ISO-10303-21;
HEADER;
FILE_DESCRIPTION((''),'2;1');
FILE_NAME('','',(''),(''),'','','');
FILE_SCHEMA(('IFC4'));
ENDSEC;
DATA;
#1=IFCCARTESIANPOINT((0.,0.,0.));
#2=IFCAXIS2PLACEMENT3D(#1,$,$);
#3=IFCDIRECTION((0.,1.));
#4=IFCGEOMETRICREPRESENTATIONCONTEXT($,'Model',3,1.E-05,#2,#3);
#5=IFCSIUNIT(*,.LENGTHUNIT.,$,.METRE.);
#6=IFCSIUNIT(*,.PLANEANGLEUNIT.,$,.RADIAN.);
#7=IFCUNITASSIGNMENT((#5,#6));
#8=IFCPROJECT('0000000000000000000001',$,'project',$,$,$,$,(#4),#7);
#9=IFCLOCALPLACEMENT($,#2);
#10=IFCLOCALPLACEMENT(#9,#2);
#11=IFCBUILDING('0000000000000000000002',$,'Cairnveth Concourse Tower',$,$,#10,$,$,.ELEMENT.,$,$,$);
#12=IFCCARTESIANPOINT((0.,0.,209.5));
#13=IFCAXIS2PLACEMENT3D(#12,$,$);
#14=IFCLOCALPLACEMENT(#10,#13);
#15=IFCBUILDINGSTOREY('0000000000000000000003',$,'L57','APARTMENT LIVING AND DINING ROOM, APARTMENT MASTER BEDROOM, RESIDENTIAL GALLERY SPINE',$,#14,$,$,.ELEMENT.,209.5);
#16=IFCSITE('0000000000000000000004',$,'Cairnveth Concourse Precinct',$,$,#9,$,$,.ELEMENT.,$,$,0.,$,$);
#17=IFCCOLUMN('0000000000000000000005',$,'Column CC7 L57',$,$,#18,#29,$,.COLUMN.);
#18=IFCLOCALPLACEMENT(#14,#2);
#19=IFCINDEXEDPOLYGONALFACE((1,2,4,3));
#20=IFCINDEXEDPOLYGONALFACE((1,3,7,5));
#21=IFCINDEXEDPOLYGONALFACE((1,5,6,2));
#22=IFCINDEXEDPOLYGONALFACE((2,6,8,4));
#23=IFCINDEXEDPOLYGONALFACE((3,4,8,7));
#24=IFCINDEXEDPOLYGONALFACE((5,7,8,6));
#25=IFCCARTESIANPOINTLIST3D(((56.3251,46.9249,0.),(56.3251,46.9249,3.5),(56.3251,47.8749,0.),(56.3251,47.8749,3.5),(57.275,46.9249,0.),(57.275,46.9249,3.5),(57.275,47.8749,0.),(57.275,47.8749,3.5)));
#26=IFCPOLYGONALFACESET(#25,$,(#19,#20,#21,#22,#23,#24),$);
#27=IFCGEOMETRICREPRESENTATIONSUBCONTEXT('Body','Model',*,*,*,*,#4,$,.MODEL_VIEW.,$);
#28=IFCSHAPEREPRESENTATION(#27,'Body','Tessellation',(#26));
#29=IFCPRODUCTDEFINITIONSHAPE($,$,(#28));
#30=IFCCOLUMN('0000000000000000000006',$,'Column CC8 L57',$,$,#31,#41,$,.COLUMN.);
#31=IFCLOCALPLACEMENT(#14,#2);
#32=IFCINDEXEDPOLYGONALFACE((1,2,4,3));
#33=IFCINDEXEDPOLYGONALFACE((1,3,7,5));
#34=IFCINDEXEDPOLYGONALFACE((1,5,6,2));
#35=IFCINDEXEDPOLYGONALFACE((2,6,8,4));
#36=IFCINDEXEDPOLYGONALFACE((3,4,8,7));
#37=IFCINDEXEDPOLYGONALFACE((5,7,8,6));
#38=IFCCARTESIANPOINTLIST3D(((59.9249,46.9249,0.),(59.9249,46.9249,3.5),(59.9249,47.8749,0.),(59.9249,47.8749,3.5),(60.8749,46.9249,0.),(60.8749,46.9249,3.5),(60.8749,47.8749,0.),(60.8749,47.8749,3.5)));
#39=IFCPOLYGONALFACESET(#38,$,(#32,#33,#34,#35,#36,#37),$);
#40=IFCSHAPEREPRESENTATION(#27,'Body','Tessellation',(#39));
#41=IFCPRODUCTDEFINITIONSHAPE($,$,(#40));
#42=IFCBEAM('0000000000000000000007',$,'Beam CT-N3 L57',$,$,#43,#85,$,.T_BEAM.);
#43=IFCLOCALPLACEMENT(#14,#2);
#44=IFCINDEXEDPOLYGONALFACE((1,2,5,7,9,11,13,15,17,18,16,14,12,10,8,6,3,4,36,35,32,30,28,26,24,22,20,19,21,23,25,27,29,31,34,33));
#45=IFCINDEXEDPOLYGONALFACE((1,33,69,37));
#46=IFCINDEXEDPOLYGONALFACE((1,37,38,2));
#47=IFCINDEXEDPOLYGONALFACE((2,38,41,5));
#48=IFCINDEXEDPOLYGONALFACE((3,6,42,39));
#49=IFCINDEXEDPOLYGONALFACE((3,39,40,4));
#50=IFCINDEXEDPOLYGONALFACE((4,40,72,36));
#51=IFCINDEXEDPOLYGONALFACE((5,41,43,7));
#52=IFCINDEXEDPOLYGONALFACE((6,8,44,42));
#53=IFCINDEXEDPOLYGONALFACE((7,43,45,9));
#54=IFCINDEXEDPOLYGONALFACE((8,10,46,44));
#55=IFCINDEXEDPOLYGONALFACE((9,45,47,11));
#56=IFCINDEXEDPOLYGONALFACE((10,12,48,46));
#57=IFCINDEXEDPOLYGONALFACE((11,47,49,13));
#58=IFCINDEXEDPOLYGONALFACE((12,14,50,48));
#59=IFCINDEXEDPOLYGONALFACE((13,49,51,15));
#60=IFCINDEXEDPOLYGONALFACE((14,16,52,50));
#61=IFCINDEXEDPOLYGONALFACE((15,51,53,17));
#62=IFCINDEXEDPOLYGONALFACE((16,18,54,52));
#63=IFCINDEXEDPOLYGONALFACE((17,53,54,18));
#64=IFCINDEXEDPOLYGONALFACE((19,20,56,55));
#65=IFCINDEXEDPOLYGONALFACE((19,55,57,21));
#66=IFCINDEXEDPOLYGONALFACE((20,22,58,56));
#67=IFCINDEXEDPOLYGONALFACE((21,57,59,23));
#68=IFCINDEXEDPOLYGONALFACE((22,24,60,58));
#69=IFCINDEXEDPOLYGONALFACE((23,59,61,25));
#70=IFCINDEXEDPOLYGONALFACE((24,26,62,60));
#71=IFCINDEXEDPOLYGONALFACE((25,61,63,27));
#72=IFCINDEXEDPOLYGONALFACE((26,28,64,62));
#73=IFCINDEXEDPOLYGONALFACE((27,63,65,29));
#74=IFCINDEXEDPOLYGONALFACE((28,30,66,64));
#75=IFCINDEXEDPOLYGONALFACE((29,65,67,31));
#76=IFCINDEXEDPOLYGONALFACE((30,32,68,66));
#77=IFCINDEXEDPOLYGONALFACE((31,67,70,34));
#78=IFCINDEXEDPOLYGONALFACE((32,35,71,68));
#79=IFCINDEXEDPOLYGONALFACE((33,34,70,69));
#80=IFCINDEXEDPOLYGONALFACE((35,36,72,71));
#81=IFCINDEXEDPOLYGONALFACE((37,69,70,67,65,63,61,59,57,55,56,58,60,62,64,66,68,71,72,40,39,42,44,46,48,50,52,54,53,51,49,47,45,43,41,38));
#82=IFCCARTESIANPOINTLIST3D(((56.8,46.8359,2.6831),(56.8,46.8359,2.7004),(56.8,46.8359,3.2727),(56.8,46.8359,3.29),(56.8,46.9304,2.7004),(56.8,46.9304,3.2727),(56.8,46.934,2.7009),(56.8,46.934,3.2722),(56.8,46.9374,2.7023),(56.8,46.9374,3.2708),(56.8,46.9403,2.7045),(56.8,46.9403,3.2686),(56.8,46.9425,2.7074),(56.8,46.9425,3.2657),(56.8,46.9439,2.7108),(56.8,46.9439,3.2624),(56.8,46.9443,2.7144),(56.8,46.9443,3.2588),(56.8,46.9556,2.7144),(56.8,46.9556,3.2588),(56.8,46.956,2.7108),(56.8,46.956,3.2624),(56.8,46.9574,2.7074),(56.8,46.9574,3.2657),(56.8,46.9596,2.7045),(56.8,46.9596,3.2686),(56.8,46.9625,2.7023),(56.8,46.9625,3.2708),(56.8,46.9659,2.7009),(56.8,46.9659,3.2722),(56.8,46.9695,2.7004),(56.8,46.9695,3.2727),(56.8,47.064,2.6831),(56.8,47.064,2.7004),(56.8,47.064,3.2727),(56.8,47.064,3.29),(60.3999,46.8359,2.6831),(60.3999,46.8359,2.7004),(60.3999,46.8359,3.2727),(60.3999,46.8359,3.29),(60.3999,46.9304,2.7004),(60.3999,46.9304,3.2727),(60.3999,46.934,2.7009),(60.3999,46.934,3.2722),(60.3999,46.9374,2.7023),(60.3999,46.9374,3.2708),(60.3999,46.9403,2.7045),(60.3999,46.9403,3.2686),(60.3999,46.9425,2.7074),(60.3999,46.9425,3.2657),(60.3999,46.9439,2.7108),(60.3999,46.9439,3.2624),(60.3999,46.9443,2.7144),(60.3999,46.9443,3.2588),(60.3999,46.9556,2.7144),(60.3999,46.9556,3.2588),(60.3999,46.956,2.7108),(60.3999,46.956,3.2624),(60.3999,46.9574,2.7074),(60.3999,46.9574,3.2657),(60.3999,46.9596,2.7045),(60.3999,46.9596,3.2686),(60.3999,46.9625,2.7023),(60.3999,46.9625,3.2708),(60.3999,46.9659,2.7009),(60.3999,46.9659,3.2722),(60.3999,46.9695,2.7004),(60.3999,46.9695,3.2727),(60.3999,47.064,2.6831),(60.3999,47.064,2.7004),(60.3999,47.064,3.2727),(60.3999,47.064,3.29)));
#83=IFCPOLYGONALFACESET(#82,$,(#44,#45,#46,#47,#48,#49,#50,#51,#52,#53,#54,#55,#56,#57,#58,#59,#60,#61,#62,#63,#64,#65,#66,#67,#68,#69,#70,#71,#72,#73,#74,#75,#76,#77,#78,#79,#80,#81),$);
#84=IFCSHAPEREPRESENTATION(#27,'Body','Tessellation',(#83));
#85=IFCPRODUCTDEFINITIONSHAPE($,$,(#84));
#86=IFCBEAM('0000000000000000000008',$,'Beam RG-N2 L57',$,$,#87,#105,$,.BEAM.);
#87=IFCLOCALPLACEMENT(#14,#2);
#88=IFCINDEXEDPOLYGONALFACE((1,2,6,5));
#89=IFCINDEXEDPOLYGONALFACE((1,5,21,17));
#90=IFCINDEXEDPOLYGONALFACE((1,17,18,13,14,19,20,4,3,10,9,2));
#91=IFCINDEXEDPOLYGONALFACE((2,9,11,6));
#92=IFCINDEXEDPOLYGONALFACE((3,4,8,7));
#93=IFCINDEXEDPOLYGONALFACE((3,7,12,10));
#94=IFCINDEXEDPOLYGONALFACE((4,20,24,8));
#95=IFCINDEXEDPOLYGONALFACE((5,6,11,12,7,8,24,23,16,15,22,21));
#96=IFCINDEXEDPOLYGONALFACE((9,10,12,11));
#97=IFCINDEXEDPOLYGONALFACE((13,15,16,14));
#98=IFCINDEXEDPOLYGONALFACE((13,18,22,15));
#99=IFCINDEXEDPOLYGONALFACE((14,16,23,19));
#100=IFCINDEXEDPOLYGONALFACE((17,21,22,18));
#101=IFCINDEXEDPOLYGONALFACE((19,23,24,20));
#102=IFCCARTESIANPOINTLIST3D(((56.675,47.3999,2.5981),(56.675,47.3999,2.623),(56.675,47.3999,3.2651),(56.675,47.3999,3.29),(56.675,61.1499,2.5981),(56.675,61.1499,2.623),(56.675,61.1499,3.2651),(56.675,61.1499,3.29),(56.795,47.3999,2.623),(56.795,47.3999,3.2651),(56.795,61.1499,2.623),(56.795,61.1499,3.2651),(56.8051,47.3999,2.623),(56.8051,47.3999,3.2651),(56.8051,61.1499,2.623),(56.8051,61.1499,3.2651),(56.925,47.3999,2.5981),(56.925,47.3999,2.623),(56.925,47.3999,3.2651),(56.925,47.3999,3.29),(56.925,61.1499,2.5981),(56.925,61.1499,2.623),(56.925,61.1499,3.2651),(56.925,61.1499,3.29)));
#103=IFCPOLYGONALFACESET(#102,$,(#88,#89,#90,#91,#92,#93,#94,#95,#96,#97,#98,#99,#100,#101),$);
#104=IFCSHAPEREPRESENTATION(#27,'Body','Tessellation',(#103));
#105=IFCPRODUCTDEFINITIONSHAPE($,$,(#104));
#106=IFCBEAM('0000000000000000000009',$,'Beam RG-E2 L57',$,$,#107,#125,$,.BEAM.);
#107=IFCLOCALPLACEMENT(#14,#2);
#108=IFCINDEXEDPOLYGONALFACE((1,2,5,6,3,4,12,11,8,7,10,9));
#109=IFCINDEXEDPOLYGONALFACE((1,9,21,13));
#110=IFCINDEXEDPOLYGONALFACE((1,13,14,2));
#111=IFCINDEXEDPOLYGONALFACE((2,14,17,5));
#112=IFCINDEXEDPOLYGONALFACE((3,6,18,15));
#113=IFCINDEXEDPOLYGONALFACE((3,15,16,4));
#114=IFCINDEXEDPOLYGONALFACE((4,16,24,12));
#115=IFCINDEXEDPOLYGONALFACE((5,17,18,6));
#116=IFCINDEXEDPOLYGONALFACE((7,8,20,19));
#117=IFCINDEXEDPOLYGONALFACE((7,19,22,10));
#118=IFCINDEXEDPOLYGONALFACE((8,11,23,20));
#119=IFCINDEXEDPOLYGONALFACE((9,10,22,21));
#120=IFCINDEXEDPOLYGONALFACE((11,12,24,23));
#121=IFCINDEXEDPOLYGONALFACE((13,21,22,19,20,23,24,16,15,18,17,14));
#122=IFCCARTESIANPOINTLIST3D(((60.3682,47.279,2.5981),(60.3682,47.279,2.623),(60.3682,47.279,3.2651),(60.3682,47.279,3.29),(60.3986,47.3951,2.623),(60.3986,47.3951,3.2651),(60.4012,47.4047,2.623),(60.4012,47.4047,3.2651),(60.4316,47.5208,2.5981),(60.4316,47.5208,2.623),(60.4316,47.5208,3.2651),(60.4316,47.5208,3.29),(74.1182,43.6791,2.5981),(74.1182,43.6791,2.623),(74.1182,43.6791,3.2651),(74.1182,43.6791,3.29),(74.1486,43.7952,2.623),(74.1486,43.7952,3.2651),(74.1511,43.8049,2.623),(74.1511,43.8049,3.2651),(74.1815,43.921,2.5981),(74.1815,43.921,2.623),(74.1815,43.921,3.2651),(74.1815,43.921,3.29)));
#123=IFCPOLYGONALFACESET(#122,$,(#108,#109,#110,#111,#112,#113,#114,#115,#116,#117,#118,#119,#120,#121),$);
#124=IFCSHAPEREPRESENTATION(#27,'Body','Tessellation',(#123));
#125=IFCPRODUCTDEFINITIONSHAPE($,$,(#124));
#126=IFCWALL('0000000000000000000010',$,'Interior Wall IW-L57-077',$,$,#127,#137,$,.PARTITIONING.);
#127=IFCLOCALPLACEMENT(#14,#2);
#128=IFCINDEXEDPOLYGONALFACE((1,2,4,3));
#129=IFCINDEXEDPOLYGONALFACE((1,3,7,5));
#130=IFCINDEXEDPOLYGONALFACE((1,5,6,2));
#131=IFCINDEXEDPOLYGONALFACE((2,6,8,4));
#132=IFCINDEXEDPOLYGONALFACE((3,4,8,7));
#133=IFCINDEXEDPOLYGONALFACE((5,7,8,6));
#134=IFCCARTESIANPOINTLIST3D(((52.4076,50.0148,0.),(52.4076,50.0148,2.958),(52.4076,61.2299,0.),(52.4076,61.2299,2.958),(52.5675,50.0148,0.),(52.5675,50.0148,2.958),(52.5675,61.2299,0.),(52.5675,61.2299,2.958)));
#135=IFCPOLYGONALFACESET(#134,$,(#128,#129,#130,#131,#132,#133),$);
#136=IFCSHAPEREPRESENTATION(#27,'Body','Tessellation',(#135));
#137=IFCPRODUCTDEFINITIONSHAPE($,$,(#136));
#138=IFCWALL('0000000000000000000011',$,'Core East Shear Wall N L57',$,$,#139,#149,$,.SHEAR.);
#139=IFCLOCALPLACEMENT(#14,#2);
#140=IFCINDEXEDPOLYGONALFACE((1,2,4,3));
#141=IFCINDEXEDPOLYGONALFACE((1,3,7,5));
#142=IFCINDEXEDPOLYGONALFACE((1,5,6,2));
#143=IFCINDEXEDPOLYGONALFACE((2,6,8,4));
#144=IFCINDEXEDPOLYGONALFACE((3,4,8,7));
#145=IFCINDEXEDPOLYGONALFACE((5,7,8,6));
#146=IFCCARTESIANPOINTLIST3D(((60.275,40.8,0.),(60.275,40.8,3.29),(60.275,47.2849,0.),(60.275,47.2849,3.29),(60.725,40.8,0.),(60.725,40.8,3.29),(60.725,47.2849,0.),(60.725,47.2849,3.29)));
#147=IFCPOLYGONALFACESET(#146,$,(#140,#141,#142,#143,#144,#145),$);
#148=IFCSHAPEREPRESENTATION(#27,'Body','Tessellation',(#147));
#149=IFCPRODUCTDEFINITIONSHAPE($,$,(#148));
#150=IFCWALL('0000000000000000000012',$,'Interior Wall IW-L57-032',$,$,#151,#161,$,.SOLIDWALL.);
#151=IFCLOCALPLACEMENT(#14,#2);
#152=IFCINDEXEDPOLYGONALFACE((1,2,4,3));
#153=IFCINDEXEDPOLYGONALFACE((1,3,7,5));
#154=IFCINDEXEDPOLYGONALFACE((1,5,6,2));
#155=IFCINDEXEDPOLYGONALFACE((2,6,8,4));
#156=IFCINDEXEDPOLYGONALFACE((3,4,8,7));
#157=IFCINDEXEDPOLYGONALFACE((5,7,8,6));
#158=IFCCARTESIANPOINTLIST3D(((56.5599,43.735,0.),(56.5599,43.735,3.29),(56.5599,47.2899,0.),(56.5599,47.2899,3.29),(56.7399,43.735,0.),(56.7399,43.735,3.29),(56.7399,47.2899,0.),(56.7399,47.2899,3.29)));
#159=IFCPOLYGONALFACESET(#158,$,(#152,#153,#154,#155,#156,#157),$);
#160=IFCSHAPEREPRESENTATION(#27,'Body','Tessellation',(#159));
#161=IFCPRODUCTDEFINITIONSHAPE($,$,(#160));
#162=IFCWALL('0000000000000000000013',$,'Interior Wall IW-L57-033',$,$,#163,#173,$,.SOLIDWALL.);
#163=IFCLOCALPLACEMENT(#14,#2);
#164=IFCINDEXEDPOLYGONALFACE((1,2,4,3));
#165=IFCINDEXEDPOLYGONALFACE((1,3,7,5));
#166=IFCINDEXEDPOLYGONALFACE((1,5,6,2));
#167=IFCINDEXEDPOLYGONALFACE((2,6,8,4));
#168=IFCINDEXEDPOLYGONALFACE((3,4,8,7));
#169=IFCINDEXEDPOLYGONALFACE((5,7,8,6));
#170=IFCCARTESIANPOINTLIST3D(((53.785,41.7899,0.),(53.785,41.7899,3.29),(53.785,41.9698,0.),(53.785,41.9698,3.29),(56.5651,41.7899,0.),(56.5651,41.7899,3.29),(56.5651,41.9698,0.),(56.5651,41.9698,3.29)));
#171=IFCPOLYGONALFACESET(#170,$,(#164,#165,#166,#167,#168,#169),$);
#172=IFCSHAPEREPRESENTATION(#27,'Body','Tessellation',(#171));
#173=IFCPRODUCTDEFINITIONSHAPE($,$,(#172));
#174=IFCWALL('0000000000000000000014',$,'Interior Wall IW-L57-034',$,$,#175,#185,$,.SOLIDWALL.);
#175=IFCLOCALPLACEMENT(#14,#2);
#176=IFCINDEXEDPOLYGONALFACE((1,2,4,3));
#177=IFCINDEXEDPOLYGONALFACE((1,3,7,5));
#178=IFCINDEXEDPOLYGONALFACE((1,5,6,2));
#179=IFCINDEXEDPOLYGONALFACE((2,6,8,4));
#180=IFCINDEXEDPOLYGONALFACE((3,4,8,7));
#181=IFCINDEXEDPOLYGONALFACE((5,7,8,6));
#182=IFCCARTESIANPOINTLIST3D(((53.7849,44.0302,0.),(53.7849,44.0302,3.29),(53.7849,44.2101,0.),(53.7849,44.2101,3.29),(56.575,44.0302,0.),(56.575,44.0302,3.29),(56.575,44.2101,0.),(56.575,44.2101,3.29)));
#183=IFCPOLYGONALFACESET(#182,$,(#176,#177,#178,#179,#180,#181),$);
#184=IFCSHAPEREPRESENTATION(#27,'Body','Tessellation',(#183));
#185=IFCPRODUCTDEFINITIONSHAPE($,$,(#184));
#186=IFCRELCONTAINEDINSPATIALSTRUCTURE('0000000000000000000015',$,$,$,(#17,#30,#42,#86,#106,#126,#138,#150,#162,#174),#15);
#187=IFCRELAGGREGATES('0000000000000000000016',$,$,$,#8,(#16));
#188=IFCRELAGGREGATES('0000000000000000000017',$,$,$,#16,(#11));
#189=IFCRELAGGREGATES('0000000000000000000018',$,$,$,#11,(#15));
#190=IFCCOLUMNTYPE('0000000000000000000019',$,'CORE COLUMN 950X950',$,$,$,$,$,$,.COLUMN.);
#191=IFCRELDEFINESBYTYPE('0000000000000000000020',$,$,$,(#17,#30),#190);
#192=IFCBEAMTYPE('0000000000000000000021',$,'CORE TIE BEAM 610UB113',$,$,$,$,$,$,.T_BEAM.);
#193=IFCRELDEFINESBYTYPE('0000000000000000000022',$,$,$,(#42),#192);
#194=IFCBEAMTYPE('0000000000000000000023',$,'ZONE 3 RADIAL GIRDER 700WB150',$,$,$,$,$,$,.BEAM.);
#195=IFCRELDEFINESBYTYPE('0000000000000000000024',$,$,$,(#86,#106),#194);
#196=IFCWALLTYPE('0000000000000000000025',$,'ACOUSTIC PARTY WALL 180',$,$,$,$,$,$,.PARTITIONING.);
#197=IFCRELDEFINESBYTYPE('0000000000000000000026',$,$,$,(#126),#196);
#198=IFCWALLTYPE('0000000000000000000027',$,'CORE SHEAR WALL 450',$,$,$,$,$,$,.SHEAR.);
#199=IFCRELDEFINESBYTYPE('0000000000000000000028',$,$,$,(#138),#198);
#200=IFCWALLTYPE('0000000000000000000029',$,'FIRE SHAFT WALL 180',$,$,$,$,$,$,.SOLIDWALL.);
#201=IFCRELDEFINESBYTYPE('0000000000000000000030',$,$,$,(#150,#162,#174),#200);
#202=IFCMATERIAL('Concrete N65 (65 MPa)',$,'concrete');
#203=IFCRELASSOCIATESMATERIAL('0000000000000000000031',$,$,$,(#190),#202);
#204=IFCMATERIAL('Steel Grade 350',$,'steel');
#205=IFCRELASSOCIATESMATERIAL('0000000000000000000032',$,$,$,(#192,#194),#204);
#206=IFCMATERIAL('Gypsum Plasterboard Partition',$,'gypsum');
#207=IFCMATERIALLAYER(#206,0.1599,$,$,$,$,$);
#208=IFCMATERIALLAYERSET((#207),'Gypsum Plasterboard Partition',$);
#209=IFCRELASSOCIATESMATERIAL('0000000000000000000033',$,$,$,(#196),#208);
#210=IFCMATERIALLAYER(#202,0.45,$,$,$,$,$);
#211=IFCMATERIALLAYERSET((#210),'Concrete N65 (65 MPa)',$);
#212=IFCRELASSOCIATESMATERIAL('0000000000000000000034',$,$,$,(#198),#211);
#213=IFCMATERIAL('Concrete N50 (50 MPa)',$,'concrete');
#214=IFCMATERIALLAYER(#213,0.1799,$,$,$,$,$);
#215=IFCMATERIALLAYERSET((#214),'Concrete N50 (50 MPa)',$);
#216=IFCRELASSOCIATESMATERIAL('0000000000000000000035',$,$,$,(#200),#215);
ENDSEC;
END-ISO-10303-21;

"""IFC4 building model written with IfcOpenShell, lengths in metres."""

from ifc_helpers import new_model, si_unit, direction, frame, frame_2d, origin, origin_2d, place, context, subcontext, project, spatial, rectangle, i_section, extrude, material, layer, layer_set, material_profile, profile_set, type_object, element, save


model = new_model("IFC4")

# Units and contexts
model_context = context("Model", 3, precision=1e-05, world=origin(), true_north=direction((0.0, 1.0)))
body_context = subcontext(model_context, "Body", "Model", "MODEL_VIEW")
ifc_project = project(units=[si_unit("LENGTHUNIT", "METRE"), si_unit("PLANEANGLEUNIT", "RADIAN")], contexts=[model_context])

# Site, building, storey
site_placement = place(None, origin())
site = spatial("IfcSite", under=ifc_project, at=site_placement, Name="Cairnveth Concourse Precinct", CompositionType="ELEMENT", RefElevation=0.0)
building_placement = place(site_placement, origin())
building = spatial("IfcBuilding", under=site, at=building_placement, Name="Cairnveth Concourse Tower", CompositionType="ELEMENT")
storey_placement = place(building_placement, frame((0.0, 0.0, 209.5)))
storey = spatial("IfcBuildingStorey", under=building, at=storey_placement, Name="L57", Description="APARTMENT LIVING AND DINING ROOM, APARTMENT MASTER BEDROOM, RESIDENTIAL GALLERY SPINE", CompositionType="ELEMENT", Elevation=209.5)

# Columns
ifc_material_1 = material(Name="Concrete N65 (65 MPa)", Category="concrete")
ifc_material_profile_1 = material_profile(ifc_material_1, rectangle(XDim=0.95, YDim=0.95, at=origin_2d()), Name="RC-COL-950x950")
ifc_profile_set_1 = profile_set([ifc_material_profile_1], Name="Concrete N65 (65 MPa)")
column_type = type_object("IfcColumnType", Name="CORE COLUMN 950X950", PredefinedType="COLUMN", material=ifc_profile_set_1)
for number, where, z_axis, x_axis, name in (
    (1, (56.8, 47.3999, 0.0), (0.0, 0.0, 1.0), (1.0, 0.0, 0.0), "Column CC7 L57"),
    (2, (60.3999, 47.3999, 0.0), (0.0, 0.0, 1.0), (1.0, 0.0, 0.0), "Column CC8 L57"),
):
    element("IfcColumn", number, at=place(storey_placement, frame(where, z_axis=z_axis, x_axis=x_axis)), inside=storey, type_object=column_type, Name=name, PredefinedType="COLUMN", context=body_context, shape_type="SweptSolid", body=[
        extrude(rectangle(XDim=0.95, YDim=0.95, at=origin_2d()), origin(), (0.0, 0.0, 1.0), 3.5),
    ])

# Beams
ifc_material_2 = material(Name="Steel Grade 350", Category="steel")
ifc_material_profile_2 = material_profile(ifc_material_2, i_section(OverallWidth=0.228, OverallDepth=0.6069, WebThickness=0.0112, FlangeThickness=0.0173, FilletRadius=0.0139, at=origin_2d()), Name="610UB113")
ifc_profile_set_2 = profile_set([ifc_material_profile_2], Name="Steel Grade 350")
beam_type_1 = type_object("IfcBeamType", Name="CORE TIE BEAM 610UB113", PredefinedType="T_BEAM", material=ifc_profile_set_2)
beam_1_placement = place(storey_placement, frame((56.8, 46.95, 2.9866), z_axis=(1.0, 0.0, 0.0), x_axis=(0.0, 1.0, 0.0)))
element("IfcBeam", 3, at=beam_1_placement, inside=storey, type_object=beam_type_1, Name="Beam CT-N3 L57", PredefinedType="T_BEAM", context=body_context, shape_type="SweptSolid", body=[
    extrude(i_section(OverallWidth=0.228, OverallDepth=0.6069, WebThickness=0.0112, FlangeThickness=0.0173, FilletRadius=0.0139, at=origin_2d()), origin(), (0.0, 0.0, 1.0), 3.5999),
])
ifc_material_profile_3 = material_profile(ifc_material_2, i_section(OverallWidth=0.25, OverallDepth=0.6919, WebThickness=0.01, FlangeThickness=0.0249, at=origin_2d()), Name="700WB150")
ifc_profile_set_3 = profile_set([ifc_material_profile_3], Name="Steel Grade 350")
beam_type_2 = type_object("IfcBeamType", Name="ZONE 3 RADIAL GIRDER 700WB150", PredefinedType="BEAM", material=ifc_profile_set_3)
beam_2_placement = place(storey_placement, frame((56.8, 47.3999, 2.9441), z_axis=(0.0, 1.0, 0.0), x_axis=(-1.0, 0.0, 0.0)))
element("IfcBeam", 4, at=beam_2_placement, inside=storey, type_object=beam_type_2, Name="Beam RG-N2 L57", PredefinedType="BEAM", context=body_context, shape_type="SweptSolid", body=[
    extrude(i_section(OverallWidth=0.25, OverallDepth=0.6919, WebThickness=0.01, FlangeThickness=0.0249, at=origin_2d()), origin(), (0.0, 0.0, 1.0), 13.75),
])
beam_3_placement = place(storey_placement, frame((60.3999, 47.3999, 2.9441), z_axis=(0.967395, -0.253271, 0.0), x_axis=(0.253271, 0.967395, 0.0)))
element("IfcBeam", 5, at=beam_3_placement, inside=storey, type_object=beam_type_2, Name="Beam RG-E2 L57", PredefinedType="BEAM", context=body_context, shape_type="SweptSolid", body=[
    extrude(i_section(OverallWidth=0.25, OverallDepth=0.6919, WebThickness=0.01, FlangeThickness=0.0249, at=origin_2d()), origin(), (0.0, 0.0, 1.0), 14.2134),
])

# Walls
ifc_material_3 = material(Name="Gypsum Plasterboard Partition", Category="gypsum")
ifc_layer_1 = layer(ifc_material_3, 0.1599)
ifc_layer_set_1 = layer_set([ifc_layer_1], Name="Gypsum Plasterboard Partition")
wall_type_1 = type_object("IfcWallType", Name="ACOUSTIC PARTY WALL 180", PredefinedType="PARTITIONING", material=ifc_layer_set_1)
wall_1_placement = place(storey_placement, frame((52.4875, 50.0149, 0.0), z_axis=(0.0, 0.0, 1.0), x_axis=(0.0, 1.0, 0.0)))
element("IfcWall", 6, at=wall_1_placement, inside=storey, type_object=wall_type_1, Name="Interior Wall IW-L57-077", PredefinedType="PARTITIONING", context=body_context, shape_type="SweptSolid", body=[
    extrude(rectangle(XDim=11.2151, YDim=0.1599, at=frame_2d((5.6074, 0.0))), origin(), (0.0, 0.0, 1.0), 2.958),
])
ifc_layer_2 = layer(ifc_material_1, 0.45)
ifc_layer_set_2 = layer_set([ifc_layer_2], Name="Concrete N65 (65 MPa)")
wall_type_2 = type_object("IfcWallType", Name="CORE SHEAR WALL 450", PredefinedType="SHEAR", material=ifc_layer_set_2)
wall_2_placement = place(storey_placement, frame((60.5, 40.8, 0.0), z_axis=(0.0, 0.0, 1.0), x_axis=(0.0, 1.0, 0.0)))
element("IfcWall", 7, at=wall_2_placement, inside=storey, type_object=wall_type_2, Name="Core East Shear Wall N L57", PredefinedType="SHEAR", context=body_context, shape_type="SweptSolid", body=[
    extrude(rectangle(XDim=6.4849, YDim=0.45, at=frame_2d((3.2424, 0.0))), origin(), (0.0, 0.0, 1.0), 3.29),
])
ifc_material_4 = material(Name="Concrete N50 (50 MPa)", Category="concrete")
ifc_layer_3 = layer(ifc_material_4, 0.1799)
ifc_layer_set_3 = layer_set([ifc_layer_3], Name="Concrete N50 (50 MPa)")
wall_type_3 = type_object("IfcWallType", Name="FIRE SHAFT WALL 180", PredefinedType="SOLIDWALL", material=ifc_layer_set_3)
wall_3_placement = place(storey_placement, frame((56.6499, 43.7351, 0.0), z_axis=(0.0, 0.0, 1.0), x_axis=(0.0, 1.0, 0.0)))
element("IfcWall", 8, at=wall_3_placement, inside=storey, type_object=wall_type_3, Name="Interior Wall IW-L57-032", PredefinedType="SOLIDWALL", context=body_context, shape_type="SweptSolid", body=[
    extrude(rectangle(XDim=3.5549, YDim=0.1799, at=frame_2d((1.7773, 0.0))), origin(), (0.0, 0.0, 1.0), 3.29),
])
wall_4_placement = place(storey_placement, frame((53.7849, 41.8799, 0.0), z_axis=(0.0, 0.0, 1.0), x_axis=(1.0, 0.0, 0.0)))
element("IfcWall", 9, at=wall_4_placement, inside=storey, type_object=wall_type_3, Name="Interior Wall IW-L57-033", PredefinedType="SOLIDWALL", context=body_context, shape_type="SweptSolid", body=[
    extrude(rectangle(XDim=2.78, YDim=0.1799, at=frame_2d((1.3901, 0.0))), origin(), (0.0, 0.0, 1.0), 3.29),
])
wall_5_placement = place(storey_placement, frame((53.7849, 44.1201, 0.0), z_axis=(0.0, 0.0, 1.0), x_axis=(1.0, 0.0, 0.0)))
element("IfcWall", 10, at=wall_5_placement, inside=storey, type_object=wall_type_3, Name="Interior Wall IW-L57-034", PredefinedType="SOLIDWALL", context=body_context, shape_type="SweptSolid", body=[
    extrude(rectangle(XDim=2.79, YDim=0.1799, at=frame_2d((1.395, 0.0))), origin(), (0.0, 0.0, 1.0), 3.29),
])

save(model, "model.ifc")
